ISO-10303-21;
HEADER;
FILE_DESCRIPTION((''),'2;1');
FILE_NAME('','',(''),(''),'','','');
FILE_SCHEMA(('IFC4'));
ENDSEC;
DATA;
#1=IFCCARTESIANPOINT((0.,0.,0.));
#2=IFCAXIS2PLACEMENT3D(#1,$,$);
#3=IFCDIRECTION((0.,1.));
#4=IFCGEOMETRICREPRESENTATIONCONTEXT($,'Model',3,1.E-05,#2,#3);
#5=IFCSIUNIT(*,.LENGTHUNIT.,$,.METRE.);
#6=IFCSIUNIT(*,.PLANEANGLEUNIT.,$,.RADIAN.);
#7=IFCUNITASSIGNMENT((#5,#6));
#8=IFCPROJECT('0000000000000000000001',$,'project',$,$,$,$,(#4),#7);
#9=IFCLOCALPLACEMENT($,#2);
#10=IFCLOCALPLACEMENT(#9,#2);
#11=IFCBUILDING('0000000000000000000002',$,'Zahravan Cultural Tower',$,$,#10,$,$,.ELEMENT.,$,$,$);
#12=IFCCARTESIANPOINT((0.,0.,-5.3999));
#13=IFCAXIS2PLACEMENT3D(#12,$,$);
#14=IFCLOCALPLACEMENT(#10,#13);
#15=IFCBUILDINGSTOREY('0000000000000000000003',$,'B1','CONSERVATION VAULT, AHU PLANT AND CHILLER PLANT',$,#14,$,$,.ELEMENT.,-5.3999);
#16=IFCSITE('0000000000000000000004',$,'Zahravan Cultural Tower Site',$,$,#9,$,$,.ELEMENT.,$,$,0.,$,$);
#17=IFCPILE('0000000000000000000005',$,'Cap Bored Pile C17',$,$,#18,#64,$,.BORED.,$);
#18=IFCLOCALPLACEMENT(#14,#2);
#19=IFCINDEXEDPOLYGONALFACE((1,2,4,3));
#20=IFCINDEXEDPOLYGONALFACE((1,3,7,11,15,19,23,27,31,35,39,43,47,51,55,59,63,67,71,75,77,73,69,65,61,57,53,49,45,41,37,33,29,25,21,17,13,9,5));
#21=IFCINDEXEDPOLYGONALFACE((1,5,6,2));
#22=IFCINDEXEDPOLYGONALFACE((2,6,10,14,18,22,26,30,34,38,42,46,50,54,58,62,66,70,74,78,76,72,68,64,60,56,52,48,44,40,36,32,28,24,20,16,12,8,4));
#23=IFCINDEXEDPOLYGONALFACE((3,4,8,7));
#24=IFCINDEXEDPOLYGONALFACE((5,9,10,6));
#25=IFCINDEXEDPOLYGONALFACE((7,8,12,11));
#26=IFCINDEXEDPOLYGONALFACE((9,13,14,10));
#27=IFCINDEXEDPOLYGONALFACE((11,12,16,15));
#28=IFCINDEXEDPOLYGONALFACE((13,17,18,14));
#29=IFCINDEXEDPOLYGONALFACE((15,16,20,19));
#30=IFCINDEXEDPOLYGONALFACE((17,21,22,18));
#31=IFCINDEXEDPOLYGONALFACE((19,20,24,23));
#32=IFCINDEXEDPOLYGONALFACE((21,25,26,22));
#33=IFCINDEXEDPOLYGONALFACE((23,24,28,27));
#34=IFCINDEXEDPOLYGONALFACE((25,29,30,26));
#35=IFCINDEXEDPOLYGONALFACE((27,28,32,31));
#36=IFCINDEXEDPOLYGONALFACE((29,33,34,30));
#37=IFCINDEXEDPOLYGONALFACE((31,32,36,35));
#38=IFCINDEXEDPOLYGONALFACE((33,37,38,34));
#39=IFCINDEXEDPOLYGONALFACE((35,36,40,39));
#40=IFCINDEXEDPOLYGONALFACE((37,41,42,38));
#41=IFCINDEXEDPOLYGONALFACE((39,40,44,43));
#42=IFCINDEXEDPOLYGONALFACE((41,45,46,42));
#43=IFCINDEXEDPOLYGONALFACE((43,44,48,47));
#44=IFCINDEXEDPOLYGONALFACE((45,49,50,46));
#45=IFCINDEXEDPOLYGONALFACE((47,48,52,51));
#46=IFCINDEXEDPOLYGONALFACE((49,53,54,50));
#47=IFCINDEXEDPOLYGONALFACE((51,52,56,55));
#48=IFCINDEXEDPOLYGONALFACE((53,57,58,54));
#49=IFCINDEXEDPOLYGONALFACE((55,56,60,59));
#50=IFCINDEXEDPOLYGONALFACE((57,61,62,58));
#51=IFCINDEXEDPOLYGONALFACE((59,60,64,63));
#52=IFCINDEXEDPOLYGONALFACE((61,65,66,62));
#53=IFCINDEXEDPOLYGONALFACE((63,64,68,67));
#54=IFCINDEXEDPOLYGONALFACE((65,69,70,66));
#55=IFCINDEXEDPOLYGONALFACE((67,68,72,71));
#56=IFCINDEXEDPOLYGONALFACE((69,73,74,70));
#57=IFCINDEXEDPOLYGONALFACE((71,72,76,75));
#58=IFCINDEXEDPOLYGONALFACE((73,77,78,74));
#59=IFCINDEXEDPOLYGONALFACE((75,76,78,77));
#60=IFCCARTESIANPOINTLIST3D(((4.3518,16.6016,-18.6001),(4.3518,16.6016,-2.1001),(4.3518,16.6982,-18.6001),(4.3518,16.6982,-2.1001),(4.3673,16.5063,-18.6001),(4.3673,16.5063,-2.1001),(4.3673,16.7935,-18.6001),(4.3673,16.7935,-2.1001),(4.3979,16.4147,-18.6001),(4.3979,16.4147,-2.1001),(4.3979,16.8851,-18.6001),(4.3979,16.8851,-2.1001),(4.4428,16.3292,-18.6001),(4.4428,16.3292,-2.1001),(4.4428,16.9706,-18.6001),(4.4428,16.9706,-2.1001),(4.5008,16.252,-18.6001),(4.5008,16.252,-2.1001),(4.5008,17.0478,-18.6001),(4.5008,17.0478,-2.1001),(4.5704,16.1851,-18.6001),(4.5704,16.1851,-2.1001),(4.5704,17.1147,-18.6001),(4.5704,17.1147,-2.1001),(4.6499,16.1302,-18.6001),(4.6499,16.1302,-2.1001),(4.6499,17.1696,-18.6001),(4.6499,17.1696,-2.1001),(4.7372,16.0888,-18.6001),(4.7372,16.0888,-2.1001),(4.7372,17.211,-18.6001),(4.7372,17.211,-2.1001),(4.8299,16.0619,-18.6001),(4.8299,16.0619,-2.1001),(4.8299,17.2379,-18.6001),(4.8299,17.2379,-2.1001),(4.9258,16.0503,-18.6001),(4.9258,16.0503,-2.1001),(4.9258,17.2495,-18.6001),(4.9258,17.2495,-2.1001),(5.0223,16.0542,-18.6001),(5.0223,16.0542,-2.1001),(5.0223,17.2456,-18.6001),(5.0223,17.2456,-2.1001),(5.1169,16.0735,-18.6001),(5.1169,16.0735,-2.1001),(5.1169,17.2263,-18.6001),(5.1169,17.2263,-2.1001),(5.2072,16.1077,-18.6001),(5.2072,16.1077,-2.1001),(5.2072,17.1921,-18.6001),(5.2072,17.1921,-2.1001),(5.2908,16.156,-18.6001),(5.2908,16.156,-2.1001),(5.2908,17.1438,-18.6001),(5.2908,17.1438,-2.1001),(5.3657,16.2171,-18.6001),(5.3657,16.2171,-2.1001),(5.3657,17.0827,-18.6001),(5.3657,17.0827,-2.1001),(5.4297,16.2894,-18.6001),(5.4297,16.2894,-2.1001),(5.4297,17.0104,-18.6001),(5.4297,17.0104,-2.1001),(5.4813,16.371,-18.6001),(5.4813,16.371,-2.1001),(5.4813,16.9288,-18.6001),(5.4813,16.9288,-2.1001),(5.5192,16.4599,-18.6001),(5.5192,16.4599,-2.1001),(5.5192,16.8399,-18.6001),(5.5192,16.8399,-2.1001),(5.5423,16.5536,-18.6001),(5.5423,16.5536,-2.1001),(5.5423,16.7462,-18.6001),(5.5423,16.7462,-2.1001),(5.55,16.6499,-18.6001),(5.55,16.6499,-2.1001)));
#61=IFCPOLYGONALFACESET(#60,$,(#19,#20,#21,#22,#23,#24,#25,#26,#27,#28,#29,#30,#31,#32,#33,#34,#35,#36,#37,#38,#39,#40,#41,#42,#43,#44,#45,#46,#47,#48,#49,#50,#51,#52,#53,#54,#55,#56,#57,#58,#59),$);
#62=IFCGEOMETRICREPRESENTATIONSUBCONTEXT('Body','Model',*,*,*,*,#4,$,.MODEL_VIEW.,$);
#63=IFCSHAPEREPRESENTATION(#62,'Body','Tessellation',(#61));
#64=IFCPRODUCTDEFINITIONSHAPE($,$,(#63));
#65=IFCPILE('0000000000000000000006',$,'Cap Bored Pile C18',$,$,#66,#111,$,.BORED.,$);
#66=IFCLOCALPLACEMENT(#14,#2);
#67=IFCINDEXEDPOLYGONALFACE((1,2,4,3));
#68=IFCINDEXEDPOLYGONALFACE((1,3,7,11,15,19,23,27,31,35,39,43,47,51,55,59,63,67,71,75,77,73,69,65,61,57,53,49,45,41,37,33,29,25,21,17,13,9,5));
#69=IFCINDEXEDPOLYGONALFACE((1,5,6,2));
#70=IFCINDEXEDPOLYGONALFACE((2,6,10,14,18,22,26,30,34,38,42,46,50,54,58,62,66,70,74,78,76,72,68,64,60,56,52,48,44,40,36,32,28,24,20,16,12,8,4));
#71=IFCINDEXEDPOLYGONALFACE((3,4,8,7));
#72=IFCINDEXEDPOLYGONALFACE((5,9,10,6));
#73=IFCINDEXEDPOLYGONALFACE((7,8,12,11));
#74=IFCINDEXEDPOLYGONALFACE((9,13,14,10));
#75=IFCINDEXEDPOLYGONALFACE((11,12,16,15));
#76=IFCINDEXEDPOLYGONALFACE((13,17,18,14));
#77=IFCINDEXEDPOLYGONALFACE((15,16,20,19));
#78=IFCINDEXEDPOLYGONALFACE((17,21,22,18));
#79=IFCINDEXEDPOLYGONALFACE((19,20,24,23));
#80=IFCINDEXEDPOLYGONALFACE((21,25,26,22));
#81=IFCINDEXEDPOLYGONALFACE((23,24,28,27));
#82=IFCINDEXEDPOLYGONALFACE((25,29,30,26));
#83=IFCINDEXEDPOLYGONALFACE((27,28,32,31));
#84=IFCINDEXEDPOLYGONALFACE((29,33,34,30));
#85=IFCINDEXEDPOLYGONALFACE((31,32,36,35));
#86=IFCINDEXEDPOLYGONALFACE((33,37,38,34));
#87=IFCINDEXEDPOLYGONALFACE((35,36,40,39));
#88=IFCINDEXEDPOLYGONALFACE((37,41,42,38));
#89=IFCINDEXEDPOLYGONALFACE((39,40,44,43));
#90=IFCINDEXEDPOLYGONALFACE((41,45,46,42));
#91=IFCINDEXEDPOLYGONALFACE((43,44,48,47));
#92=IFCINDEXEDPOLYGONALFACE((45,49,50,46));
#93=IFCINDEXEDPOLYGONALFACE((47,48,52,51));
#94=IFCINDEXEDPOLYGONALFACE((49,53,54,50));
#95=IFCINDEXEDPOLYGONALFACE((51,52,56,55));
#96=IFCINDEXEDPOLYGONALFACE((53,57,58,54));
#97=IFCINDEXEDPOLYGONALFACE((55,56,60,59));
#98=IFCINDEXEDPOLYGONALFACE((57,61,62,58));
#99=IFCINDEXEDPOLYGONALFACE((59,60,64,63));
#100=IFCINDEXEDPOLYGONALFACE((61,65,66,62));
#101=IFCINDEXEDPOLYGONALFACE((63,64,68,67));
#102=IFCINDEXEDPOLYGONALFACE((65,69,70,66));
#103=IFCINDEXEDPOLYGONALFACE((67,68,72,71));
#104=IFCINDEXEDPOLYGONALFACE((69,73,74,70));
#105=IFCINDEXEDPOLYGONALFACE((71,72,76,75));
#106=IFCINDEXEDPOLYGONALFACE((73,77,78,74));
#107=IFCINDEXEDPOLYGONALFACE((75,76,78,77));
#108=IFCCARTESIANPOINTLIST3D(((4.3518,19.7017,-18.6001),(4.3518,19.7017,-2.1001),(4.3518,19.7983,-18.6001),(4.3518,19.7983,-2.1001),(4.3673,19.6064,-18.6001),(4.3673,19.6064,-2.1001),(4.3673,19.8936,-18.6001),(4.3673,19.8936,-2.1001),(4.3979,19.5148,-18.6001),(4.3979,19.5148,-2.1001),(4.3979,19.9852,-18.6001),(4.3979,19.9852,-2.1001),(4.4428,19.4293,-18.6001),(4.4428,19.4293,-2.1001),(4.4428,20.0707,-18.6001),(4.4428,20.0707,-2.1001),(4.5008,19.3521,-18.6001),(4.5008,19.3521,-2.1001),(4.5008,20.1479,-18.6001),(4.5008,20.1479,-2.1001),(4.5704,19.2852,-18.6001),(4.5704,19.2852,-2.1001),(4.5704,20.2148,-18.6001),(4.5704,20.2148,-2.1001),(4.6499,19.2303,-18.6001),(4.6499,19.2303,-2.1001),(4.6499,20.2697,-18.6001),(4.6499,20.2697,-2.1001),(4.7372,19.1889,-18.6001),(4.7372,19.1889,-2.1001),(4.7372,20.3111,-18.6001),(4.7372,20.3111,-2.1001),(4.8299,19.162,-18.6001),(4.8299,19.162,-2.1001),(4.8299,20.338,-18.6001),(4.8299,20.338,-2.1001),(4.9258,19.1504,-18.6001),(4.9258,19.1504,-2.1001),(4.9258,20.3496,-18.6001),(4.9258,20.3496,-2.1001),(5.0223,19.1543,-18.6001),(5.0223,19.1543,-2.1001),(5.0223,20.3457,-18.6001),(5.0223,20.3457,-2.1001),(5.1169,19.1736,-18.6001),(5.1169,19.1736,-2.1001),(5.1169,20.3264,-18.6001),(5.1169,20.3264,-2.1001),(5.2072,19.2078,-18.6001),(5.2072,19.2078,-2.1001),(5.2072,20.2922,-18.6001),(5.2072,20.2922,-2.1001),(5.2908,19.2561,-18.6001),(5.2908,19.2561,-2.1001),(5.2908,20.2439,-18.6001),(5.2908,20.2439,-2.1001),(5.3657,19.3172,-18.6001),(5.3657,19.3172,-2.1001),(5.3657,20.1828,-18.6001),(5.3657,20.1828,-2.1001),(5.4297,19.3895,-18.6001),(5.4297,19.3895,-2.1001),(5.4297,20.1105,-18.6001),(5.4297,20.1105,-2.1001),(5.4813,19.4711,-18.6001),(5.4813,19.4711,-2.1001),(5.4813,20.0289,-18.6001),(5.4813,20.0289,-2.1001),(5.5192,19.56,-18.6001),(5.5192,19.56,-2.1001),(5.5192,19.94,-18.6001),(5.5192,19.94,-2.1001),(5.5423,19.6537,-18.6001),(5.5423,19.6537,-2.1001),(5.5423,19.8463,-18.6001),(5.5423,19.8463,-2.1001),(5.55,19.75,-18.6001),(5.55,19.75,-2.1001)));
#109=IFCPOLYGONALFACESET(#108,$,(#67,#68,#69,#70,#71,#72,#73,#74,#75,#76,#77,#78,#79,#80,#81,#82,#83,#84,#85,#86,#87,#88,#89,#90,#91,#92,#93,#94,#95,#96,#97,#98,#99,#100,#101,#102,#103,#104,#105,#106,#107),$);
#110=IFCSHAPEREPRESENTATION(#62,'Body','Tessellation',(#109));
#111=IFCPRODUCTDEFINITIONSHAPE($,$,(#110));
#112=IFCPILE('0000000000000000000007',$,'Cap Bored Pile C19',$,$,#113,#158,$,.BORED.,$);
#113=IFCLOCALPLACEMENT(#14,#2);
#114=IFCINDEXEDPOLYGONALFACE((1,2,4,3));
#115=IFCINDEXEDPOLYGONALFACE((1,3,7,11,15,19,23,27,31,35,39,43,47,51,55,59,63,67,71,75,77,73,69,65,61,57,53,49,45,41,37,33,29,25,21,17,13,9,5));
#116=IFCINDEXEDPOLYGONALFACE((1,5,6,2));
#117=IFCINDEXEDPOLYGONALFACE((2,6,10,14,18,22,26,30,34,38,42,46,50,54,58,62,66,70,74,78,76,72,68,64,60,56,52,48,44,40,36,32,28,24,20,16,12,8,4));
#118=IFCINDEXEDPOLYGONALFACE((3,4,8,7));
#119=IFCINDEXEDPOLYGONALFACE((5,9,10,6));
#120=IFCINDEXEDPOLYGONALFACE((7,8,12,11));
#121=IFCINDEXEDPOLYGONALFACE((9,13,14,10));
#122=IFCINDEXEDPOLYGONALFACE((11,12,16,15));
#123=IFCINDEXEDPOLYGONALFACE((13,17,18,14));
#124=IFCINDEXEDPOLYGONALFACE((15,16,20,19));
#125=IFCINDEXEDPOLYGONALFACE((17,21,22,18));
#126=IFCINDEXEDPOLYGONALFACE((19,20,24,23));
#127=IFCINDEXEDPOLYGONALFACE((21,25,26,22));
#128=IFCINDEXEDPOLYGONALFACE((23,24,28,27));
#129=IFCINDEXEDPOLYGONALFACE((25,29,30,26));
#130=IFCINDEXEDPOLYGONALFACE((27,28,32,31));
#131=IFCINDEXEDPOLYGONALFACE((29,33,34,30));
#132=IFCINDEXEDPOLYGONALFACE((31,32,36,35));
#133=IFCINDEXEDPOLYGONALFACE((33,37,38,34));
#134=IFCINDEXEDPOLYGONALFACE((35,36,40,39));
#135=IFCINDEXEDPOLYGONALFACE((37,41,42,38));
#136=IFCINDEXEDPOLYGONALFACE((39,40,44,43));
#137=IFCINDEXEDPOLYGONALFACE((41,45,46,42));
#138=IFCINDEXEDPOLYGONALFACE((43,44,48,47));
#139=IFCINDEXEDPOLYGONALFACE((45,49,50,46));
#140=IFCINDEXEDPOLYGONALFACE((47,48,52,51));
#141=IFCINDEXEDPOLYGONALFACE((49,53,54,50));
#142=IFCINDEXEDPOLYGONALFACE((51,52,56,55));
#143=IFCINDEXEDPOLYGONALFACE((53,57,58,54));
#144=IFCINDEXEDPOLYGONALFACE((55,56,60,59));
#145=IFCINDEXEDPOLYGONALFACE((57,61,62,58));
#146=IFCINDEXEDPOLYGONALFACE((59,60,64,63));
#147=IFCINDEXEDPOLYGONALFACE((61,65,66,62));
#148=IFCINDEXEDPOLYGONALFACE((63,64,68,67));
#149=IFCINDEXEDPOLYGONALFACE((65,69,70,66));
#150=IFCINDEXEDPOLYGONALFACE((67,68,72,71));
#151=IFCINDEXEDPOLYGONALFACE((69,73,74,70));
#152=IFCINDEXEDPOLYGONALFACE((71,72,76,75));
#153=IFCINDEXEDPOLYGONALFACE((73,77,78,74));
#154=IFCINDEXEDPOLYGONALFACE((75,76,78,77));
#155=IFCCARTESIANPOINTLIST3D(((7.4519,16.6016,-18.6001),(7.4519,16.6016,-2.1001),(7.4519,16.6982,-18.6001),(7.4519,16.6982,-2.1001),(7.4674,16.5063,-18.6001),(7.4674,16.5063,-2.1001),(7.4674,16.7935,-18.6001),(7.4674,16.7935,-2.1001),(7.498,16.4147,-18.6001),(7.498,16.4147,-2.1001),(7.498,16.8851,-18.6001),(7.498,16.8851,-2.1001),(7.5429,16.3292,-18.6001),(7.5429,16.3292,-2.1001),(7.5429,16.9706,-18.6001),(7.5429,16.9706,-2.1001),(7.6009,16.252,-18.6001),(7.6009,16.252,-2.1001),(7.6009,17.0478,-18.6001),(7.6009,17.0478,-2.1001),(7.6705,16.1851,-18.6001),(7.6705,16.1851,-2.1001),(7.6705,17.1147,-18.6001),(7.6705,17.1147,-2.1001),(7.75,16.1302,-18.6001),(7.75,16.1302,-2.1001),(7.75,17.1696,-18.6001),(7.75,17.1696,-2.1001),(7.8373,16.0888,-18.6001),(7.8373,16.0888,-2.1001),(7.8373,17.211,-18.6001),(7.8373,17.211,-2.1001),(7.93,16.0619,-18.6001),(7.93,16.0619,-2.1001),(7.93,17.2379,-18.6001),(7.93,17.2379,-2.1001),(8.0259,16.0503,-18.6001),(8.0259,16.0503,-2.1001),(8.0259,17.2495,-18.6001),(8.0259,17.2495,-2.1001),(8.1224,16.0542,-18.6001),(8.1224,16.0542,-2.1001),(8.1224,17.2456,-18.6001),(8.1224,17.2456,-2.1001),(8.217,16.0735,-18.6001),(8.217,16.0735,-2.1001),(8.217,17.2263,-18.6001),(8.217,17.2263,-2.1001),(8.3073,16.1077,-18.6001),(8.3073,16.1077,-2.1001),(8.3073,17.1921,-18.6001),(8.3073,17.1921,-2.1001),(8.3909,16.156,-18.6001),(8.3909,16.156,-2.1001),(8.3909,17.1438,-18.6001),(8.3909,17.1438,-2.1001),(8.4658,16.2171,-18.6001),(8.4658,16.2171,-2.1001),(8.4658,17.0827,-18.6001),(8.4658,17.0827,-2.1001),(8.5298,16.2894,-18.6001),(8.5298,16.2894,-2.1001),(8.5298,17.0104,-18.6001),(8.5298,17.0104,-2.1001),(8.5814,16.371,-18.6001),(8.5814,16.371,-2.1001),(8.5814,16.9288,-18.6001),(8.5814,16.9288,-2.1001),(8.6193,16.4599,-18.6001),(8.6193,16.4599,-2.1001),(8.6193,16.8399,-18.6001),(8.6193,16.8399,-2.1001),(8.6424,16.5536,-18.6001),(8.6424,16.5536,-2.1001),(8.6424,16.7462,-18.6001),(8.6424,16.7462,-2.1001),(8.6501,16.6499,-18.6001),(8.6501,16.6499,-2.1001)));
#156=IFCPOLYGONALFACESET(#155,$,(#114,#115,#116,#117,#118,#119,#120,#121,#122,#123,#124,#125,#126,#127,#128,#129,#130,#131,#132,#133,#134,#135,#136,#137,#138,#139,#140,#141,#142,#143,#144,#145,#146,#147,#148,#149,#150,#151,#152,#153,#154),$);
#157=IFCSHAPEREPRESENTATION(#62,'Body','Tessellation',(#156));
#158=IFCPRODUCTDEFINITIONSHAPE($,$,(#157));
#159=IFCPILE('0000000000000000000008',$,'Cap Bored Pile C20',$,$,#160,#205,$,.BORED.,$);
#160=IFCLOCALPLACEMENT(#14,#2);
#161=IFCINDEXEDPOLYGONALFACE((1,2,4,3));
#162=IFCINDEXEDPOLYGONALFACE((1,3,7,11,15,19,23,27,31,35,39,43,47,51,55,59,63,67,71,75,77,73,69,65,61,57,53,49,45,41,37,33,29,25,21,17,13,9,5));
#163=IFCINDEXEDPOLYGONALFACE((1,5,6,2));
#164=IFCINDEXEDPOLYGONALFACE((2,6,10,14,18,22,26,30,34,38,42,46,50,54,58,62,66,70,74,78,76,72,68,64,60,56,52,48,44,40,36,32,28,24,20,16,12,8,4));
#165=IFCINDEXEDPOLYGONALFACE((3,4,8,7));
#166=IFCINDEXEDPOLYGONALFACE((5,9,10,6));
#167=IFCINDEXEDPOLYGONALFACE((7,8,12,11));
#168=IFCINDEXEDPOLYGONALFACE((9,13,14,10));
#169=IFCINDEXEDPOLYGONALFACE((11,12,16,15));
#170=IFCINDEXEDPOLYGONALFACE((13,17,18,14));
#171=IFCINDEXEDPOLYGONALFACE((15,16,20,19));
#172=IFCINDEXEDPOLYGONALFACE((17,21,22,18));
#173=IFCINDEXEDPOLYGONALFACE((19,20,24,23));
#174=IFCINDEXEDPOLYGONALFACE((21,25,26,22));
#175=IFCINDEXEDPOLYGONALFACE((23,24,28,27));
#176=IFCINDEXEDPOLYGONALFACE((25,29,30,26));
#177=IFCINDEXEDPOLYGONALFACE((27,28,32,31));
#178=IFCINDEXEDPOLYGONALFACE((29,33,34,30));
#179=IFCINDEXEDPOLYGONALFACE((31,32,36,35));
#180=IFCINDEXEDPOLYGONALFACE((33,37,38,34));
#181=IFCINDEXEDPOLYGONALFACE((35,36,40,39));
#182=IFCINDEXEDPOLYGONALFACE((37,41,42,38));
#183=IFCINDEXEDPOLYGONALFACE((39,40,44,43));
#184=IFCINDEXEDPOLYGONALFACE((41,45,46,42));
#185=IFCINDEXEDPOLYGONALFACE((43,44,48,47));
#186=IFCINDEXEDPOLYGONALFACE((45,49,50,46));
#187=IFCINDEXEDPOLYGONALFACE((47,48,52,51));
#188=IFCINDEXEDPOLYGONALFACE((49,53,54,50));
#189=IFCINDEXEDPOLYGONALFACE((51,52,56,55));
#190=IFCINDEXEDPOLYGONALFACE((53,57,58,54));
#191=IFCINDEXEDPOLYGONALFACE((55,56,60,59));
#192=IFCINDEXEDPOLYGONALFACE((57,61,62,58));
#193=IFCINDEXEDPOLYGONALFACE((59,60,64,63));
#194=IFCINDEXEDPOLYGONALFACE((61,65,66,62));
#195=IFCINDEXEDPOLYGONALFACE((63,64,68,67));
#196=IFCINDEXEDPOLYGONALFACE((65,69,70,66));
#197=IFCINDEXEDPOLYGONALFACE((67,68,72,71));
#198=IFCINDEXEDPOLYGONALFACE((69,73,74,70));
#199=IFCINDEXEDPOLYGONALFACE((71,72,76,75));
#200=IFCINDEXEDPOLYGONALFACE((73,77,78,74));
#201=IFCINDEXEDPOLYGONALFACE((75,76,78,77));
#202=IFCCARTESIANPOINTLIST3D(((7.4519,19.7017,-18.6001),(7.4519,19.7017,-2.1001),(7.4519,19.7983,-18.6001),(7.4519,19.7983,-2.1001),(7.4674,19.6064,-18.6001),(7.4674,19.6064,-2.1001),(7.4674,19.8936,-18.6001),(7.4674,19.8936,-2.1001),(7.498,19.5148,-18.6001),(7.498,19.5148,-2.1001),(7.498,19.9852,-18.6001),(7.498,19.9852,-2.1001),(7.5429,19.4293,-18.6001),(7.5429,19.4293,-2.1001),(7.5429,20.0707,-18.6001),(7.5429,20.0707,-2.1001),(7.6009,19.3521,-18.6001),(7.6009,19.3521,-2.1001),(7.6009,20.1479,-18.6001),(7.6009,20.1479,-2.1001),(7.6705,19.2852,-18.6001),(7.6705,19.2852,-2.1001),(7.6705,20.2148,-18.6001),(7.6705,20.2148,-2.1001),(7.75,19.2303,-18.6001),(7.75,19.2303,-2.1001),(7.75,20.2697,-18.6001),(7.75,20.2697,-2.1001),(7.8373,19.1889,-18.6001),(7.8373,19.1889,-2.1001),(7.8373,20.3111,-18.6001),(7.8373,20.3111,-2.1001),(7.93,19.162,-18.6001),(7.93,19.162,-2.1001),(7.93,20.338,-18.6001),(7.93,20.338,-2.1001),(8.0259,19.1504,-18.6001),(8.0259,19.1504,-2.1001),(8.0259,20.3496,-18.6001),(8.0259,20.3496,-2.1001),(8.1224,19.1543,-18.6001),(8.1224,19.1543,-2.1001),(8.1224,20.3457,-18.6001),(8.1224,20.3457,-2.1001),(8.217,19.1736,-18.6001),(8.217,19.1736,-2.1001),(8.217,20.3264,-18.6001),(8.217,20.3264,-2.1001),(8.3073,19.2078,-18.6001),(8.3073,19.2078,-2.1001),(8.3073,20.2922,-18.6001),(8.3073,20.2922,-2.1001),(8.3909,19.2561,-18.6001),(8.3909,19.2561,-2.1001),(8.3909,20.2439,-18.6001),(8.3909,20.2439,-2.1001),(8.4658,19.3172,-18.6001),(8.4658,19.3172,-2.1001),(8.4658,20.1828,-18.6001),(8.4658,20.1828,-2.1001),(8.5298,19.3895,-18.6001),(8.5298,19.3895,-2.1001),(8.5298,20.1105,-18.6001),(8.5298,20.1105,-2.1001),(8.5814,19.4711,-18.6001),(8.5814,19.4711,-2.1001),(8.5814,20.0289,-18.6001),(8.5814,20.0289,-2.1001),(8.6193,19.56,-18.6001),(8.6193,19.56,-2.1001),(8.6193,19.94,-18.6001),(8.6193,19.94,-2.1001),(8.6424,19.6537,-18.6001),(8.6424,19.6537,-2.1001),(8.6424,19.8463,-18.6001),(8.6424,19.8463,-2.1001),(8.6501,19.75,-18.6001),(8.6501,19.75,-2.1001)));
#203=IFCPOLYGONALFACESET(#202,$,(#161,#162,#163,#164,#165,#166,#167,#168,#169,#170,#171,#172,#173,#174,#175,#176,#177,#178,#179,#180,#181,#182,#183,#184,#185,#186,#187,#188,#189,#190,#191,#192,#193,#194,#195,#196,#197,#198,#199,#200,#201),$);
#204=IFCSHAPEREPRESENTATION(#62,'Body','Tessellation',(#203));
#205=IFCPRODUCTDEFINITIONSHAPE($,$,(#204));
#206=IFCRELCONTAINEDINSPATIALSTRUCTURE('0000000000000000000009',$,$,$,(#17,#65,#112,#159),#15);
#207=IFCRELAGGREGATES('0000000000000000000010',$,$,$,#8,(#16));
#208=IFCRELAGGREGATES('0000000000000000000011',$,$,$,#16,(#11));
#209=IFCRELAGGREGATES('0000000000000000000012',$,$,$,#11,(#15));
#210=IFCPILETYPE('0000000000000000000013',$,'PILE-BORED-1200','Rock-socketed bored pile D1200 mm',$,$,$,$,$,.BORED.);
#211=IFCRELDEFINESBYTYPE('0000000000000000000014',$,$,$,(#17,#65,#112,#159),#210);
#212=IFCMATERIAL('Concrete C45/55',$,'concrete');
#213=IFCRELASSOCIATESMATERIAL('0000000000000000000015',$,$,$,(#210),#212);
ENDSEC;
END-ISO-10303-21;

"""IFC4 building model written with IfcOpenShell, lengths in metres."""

from ifc_helpers import new_model, si_unit, direction, frame, origin, origin_2d, place, context, subcontext, project, spatial, circle, extrude, material, material_profile, profile_set, type_object, element, save


model = new_model("IFC4")

# Units and contexts
model_context = context("Model", 3, precision=1e-05, world=origin(), true_north=direction((0.0, 1.0)))
body_context = subcontext(model_context, "Body", "Model", "MODEL_VIEW")
ifc_project = project(units=[si_unit("LENGTHUNIT", "METRE"), si_unit("PLANEANGLEUNIT", "RADIAN")], contexts=[model_context])

# Site, building, storey
site_placement = place(None, origin())
site = spatial("IfcSite", under=ifc_project, at=site_placement, Name="Zahravan Cultural Tower Site", CompositionType="ELEMENT", RefElevation=0.0)
building_placement = place(site_placement, origin())
building = spatial("IfcBuilding", under=site, at=building_placement, Name="Zahravan Cultural Tower", CompositionType="ELEMENT")
storey_placement = place(building_placement, frame((0.0, 0.0, -5.3999)))
storey = spatial("IfcBuildingStorey", under=building, at=storey_placement, Name="B1", Description="CONSERVATION VAULT, AHU PLANT AND CHILLER PLANT", CompositionType="ELEMENT", Elevation=-5.3999)

# Piles
ifc_material_1 = material(Name="Concrete C45/55", Category="concrete")
ifc_material_profile_1 = material_profile(ifc_material_1, circle(Radius=0.6001, at=origin_2d()), Name="PILE-D1200")
ifc_profile_set_1 = profile_set([ifc_material_profile_1], Name="Concrete C45/55")
pile_type_1 = type_object("IfcPileType", Name="PILE-BORED-1200", Description="Rock-socketed bored pile D1200 mm", PredefinedType="BORED", material=ifc_profile_set_1)
for number, where, z_axis, x_axis, name in (
    (1, (4.95, 16.6499, -2.1001), (0.0, 0.0, -1.0), (1.0, 0.0, 0.0), "Cap Bored Pile C17"),
    (2, (4.95, 19.75, -2.1001), (0.0, 0.0, -1.0), (1.0, 0.0, 0.0), "Cap Bored Pile C18"),
    (3, (8.05, 16.6499, -2.1001), (0.0, 0.0, -1.0), (1.0, 0.0, 0.0), "Cap Bored Pile C19"),
    (4, (8.05, 19.75, -2.1001), (0.0, 0.0, -1.0), (1.0, 0.0, 0.0), "Cap Bored Pile C20"),
):
    element("IfcPile", number, at=place(storey_placement, frame(where, z_axis=z_axis, x_axis=x_axis)), inside=storey, type_object=pile_type_1, Name=name, PredefinedType="BORED", context=body_context, shape_type="SweptSolid", body=[
        extrude(circle(Radius=0.6001, at=origin_2d()), origin(), (0.0, 0.0, 1.0), 16.5),
    ])

save(model, "model.ifc")
